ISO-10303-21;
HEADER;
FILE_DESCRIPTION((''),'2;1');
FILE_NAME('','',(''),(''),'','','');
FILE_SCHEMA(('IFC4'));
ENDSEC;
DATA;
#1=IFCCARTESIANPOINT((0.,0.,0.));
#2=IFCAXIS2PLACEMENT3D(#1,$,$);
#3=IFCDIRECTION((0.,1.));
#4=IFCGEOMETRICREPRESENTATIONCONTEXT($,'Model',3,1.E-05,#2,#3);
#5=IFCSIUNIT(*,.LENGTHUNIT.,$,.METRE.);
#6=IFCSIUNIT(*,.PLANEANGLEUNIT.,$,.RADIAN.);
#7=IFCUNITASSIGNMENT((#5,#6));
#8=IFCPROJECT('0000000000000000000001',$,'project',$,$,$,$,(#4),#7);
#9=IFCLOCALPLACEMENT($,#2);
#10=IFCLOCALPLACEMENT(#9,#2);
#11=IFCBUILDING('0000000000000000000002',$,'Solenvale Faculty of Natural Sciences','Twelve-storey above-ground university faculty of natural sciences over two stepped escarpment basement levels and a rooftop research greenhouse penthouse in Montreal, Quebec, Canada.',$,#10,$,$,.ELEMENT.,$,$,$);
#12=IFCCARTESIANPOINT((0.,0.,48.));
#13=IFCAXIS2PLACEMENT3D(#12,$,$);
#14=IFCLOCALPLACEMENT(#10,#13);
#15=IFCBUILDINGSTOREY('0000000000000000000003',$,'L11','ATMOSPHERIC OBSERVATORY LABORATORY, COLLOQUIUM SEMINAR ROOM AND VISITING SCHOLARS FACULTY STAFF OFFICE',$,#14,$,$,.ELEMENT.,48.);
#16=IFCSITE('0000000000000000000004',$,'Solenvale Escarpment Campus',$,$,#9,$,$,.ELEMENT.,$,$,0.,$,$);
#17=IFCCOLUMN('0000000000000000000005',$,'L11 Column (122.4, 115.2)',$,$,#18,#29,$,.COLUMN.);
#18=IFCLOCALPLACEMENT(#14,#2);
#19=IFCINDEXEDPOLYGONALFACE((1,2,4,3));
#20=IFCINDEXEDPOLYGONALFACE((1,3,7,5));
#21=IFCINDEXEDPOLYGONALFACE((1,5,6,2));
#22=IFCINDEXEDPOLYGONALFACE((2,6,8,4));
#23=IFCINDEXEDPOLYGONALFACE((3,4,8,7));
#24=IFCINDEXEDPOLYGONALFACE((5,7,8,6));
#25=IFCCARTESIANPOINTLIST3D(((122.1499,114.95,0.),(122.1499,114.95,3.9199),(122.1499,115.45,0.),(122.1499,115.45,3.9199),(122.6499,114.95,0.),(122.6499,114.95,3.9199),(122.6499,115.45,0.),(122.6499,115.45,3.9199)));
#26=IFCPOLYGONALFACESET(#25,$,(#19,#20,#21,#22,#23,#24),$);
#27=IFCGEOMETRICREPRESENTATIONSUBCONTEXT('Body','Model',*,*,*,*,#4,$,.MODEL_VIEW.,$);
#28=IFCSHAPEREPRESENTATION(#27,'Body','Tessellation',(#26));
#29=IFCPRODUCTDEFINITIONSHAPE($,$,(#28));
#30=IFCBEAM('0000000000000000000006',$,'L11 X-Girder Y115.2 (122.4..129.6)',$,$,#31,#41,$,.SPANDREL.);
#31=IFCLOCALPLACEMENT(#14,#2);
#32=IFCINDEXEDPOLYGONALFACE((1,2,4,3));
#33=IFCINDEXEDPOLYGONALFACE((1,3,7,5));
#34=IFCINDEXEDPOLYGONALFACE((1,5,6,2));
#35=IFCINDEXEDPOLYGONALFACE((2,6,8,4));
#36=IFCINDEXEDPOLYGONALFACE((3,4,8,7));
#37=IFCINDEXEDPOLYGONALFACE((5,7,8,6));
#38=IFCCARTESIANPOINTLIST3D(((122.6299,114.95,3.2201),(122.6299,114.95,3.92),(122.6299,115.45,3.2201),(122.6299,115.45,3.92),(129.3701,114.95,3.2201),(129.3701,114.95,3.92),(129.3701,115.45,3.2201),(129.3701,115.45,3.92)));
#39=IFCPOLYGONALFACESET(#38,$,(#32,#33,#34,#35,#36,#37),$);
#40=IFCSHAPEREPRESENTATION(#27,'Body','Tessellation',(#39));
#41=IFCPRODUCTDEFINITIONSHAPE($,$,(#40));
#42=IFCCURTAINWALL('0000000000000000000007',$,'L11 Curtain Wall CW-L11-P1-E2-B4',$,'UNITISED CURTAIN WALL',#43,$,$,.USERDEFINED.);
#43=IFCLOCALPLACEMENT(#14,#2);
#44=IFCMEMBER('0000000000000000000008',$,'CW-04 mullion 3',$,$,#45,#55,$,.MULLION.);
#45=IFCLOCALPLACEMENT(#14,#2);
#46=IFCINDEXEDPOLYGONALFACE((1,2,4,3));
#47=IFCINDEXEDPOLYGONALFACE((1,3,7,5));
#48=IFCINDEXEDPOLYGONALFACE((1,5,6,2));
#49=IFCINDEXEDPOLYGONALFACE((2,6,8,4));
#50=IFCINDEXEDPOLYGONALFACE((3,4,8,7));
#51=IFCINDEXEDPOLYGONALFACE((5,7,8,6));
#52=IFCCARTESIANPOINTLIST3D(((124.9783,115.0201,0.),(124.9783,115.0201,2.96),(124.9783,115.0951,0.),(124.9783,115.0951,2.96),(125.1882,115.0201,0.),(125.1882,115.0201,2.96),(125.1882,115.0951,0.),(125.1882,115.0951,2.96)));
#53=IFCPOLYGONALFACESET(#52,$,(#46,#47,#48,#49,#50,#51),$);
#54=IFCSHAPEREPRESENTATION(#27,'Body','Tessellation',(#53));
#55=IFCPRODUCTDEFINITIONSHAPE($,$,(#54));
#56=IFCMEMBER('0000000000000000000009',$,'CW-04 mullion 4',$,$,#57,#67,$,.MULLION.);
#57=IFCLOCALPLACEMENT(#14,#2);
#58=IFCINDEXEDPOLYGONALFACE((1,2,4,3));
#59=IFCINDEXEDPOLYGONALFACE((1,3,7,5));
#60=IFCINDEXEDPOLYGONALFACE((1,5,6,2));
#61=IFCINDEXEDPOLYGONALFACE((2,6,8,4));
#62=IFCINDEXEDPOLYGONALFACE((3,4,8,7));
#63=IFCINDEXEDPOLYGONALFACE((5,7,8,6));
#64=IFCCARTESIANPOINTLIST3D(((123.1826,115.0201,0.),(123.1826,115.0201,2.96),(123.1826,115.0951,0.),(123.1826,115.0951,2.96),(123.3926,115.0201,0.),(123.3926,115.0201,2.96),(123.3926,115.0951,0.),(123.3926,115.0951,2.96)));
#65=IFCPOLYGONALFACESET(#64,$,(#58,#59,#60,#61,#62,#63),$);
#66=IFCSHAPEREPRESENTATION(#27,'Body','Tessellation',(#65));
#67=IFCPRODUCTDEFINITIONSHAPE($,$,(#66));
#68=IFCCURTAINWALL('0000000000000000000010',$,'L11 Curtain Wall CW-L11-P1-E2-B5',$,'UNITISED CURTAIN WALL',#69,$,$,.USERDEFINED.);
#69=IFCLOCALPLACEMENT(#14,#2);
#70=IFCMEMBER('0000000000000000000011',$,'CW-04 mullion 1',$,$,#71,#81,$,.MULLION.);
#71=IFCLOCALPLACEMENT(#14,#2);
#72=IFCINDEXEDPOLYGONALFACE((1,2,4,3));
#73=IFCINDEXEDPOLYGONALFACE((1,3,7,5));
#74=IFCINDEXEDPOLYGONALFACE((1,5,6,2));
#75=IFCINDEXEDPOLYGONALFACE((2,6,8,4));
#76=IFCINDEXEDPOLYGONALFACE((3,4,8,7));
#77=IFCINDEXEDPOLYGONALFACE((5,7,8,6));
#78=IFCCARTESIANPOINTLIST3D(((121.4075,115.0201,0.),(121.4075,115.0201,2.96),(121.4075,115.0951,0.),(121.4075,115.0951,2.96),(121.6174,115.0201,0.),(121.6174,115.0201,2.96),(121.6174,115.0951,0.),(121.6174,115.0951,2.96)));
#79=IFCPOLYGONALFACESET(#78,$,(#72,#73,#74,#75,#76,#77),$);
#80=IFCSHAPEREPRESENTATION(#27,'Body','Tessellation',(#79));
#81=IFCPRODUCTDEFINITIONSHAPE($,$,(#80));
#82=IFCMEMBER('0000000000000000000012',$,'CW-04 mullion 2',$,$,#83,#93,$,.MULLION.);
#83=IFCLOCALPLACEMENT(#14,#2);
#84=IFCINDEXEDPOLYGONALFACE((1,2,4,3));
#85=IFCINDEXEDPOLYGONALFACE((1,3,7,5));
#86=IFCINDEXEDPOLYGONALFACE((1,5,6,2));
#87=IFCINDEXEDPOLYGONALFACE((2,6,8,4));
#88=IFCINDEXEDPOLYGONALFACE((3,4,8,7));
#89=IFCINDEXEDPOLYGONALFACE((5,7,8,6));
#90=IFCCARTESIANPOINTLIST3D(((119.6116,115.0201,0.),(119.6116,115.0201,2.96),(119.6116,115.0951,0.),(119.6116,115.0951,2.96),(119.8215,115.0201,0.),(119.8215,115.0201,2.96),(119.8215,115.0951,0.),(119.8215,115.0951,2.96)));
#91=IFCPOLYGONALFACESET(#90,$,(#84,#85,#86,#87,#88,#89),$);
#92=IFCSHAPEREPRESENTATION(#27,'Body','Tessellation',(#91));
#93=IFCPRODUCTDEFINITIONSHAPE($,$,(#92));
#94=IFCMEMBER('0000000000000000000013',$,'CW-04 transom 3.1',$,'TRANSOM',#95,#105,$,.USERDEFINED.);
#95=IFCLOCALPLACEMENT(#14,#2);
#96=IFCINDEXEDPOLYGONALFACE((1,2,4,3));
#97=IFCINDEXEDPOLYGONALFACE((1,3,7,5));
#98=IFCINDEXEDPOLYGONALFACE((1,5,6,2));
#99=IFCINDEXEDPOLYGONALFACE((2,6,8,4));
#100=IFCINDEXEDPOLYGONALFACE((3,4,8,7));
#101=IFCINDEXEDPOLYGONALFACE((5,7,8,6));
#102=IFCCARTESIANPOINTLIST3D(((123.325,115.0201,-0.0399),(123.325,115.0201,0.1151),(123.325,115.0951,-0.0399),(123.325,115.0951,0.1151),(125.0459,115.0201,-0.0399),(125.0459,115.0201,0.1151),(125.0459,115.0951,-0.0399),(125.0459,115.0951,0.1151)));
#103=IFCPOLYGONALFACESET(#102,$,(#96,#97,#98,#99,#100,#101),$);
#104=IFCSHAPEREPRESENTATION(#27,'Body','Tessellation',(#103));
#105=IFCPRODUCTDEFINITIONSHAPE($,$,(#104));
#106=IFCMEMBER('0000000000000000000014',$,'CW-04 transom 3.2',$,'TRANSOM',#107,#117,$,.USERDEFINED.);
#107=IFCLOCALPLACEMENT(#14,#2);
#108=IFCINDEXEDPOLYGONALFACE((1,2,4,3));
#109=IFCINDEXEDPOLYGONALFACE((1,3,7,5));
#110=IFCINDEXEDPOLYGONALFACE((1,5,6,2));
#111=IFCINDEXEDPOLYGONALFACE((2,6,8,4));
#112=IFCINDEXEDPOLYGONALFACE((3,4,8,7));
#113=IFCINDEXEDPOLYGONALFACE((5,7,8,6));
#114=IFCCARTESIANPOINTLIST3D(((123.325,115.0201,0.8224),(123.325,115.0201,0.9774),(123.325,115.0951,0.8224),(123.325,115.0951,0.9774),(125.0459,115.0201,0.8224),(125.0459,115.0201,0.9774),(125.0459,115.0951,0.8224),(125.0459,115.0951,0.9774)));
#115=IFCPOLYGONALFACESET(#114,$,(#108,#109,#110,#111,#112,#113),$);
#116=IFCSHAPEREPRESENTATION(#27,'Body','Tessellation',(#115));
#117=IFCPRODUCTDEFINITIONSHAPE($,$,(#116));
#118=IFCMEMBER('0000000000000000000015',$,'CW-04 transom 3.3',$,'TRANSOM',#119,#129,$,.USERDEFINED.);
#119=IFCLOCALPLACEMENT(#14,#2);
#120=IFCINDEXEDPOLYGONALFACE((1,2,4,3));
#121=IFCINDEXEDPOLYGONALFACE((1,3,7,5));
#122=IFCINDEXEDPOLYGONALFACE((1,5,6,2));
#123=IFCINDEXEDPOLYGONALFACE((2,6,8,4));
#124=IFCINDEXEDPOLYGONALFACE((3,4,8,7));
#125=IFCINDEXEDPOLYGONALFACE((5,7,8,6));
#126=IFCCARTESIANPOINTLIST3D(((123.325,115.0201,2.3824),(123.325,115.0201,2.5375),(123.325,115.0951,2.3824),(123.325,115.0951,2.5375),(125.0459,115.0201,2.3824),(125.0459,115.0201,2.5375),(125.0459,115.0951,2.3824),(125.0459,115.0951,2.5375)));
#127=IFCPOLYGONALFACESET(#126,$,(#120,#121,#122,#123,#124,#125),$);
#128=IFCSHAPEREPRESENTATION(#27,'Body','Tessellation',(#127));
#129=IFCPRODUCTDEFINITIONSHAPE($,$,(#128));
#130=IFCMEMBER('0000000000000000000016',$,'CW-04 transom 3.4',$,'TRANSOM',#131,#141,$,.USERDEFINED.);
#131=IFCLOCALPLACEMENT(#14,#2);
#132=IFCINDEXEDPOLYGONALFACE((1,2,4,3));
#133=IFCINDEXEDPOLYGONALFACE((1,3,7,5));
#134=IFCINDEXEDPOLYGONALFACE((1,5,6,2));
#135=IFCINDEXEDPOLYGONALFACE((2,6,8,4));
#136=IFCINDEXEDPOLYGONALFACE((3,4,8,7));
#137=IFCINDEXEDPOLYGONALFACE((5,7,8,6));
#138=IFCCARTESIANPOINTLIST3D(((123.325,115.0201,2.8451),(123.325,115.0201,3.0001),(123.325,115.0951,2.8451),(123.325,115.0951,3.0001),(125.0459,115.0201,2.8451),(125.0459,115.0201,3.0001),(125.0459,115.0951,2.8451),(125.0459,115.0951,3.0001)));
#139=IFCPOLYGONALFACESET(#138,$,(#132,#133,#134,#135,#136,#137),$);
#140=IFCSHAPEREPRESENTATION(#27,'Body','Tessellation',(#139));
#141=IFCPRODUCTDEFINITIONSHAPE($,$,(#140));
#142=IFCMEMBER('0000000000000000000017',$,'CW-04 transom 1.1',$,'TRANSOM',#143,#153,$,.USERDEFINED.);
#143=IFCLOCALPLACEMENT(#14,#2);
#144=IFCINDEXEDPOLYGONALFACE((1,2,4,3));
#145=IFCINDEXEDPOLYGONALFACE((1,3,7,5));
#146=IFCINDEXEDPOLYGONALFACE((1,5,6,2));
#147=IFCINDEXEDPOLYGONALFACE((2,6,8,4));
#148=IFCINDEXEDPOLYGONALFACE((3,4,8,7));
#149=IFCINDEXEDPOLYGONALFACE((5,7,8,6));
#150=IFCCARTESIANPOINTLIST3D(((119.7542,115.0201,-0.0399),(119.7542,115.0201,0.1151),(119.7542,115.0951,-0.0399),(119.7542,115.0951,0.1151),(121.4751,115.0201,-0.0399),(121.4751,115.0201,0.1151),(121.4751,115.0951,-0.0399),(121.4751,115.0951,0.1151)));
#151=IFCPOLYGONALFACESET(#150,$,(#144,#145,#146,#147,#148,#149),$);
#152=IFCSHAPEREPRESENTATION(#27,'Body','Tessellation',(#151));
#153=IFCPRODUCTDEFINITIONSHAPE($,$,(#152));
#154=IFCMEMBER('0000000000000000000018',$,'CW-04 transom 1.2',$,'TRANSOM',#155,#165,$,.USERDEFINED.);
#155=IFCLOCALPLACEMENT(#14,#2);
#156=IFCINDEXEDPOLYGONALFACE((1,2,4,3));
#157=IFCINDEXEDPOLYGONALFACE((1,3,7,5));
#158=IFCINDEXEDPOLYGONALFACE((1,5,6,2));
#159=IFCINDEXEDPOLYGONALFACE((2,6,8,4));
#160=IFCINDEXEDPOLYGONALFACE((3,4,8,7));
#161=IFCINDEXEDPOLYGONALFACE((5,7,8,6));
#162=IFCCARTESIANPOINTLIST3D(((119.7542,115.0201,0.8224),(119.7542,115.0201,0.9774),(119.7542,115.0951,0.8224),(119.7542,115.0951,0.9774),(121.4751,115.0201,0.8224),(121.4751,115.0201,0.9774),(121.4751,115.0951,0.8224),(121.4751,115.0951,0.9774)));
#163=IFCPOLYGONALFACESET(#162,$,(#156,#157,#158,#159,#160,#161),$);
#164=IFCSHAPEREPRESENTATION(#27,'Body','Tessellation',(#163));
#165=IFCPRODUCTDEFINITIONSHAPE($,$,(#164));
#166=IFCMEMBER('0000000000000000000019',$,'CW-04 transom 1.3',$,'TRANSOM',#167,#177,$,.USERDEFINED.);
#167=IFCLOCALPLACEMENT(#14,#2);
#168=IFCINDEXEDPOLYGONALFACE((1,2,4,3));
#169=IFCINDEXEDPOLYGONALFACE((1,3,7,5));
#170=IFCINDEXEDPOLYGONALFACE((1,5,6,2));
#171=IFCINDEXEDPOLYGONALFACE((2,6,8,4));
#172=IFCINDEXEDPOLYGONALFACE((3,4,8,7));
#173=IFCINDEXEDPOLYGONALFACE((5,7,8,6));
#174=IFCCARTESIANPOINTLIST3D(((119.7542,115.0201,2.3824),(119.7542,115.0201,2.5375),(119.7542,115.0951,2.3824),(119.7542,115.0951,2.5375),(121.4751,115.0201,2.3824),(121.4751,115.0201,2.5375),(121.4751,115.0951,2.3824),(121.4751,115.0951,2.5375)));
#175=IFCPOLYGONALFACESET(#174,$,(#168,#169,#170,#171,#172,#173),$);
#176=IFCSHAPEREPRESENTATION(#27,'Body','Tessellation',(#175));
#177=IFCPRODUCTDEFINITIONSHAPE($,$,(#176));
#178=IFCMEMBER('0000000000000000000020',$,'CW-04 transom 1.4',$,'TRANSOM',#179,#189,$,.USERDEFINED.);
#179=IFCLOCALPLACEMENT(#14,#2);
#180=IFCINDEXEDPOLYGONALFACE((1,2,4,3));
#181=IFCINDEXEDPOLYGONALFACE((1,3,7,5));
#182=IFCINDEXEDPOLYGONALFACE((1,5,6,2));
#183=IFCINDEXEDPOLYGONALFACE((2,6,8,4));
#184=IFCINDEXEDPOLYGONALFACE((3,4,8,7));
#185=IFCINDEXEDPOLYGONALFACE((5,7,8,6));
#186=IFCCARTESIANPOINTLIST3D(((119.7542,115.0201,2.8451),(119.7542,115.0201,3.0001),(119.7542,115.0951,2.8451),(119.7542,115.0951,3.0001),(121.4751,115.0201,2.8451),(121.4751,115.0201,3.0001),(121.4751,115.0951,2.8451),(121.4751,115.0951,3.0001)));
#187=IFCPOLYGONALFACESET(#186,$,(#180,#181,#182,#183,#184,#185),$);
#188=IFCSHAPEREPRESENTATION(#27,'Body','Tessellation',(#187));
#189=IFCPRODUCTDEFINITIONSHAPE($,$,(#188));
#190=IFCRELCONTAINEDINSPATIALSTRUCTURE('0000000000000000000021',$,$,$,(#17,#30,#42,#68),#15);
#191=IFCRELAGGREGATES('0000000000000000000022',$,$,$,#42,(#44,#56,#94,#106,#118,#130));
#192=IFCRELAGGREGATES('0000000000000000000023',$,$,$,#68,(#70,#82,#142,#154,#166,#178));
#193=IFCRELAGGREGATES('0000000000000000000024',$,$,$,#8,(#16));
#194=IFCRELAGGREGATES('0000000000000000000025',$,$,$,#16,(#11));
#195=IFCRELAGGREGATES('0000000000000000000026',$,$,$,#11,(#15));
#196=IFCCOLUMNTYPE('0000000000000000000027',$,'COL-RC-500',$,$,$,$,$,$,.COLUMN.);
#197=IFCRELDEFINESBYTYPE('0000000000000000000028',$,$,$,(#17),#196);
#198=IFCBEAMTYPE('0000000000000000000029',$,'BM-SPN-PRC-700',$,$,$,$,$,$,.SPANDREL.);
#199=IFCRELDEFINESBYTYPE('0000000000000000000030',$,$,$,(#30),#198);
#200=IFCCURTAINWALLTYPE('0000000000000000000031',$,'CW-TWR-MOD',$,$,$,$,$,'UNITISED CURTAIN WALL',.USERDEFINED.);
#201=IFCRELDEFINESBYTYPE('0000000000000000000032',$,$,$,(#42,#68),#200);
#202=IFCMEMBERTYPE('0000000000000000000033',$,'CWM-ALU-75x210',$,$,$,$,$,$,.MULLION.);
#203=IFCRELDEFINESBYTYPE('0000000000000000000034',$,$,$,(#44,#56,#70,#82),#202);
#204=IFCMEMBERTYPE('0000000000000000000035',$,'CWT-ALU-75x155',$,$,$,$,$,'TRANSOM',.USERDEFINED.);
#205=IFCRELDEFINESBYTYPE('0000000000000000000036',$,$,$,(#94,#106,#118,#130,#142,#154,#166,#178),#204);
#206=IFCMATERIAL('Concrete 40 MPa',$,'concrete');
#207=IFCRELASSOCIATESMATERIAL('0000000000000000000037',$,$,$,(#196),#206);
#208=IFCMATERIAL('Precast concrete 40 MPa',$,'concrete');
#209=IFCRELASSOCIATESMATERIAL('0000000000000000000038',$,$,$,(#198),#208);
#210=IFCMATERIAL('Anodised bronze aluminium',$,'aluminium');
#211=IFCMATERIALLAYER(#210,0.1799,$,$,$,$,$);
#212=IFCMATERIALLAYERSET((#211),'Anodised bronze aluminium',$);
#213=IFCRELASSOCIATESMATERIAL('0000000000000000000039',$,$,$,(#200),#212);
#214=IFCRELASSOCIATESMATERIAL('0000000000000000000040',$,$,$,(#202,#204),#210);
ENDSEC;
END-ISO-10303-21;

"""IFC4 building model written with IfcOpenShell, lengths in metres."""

from ifc_helpers import new_model, si_unit, direction, frame, origin, origin_2d, place, context, subcontext, project, spatial, rectangle, extrude, material, layer, layer_set, material_profile, profile_set, type_object, element, aggregate, save


model = new_model("IFC4")

# Units and contexts
model_context = context("Model", 3, precision=1e-05, world=origin(), true_north=direction((0.0, 1.0)))
body_context = subcontext(model_context, "Body", "Model", "MODEL_VIEW")
ifc_project = project(units=[si_unit("LENGTHUNIT", "METRE"), si_unit("PLANEANGLEUNIT", "RADIAN")], contexts=[model_context])

# Site, building, storey
site_placement = place(None, origin())
site = spatial("IfcSite", under=ifc_project, at=site_placement, Name="Solenvale Escarpment Campus", CompositionType="ELEMENT", RefElevation=0.0)
building_placement = place(site_placement, origin())
building = spatial("IfcBuilding", under=site, at=building_placement, Name="Solenvale Faculty of Natural Sciences", Description="Twelve-storey above-ground university faculty of natural sciences over two stepped escarpment basement levels and a rooftop research greenhouse penthouse in Montreal, Quebec, Canada.", CompositionType="ELEMENT")
storey_placement = place(building_placement, frame((0.0, 0.0, 48.0)))
storey = spatial("IfcBuildingStorey", under=building, at=storey_placement, Name="L11", Description="ATMOSPHERIC OBSERVATORY LABORATORY, COLLOQUIUM SEMINAR ROOM AND VISITING SCHOLARS FACULTY STAFF OFFICE", CompositionType="ELEMENT", Elevation=48.0)

# Column
ifc_material_1 = material(Name="Concrete 40 MPa", Category="concrete")
ifc_material_profile_1 = material_profile(ifc_material_1, rectangle(XDim=0.5, YDim=0.5, at=origin_2d()), Name="RC-COL-500x500")
ifc_profile_set_1 = profile_set([ifc_material_profile_1], Name="Concrete 40 MPa")
column_type = type_object("IfcColumnType", Name="COL-RC-500", PredefinedType="COLUMN", material=ifc_profile_set_1)
column_placement = place(storey_placement, frame((122.3999, 115.2, 0.0), z_axis=(0.0, 0.0, 1.0), x_axis=(1.0, 0.0, 0.0)))
element("IfcColumn", 1, at=column_placement, inside=storey, type_object=column_type, Name="L11 Column (122.4, 115.2)", PredefinedType="COLUMN", context=body_context, shape_type="SweptSolid", body=[
    extrude(rectangle(XDim=0.5, YDim=0.5, at=origin_2d()), origin(), (0.0, 0.0, 1.0), 3.9199),
])

# Beam
ifc_material_2 = material(Name="Precast concrete 40 MPa", Category="concrete")
ifc_material_profile_2 = material_profile(ifc_material_2, rectangle(XDim=0.5, YDim=0.7, at=origin_2d()), Name="RC-BM-500x700")
ifc_profile_set_2 = profile_set([ifc_material_profile_2], Name="Precast concrete 40 MPa")
beam_type = type_object("IfcBeamType", Name="BM-SPN-PRC-700", PredefinedType="SPANDREL", material=ifc_profile_set_2)
beam_placement = place(storey_placement, frame((122.6299, 115.2, 3.5701), z_axis=(1.0, 0.0, 0.0), x_axis=(0.0, 1.0, 0.0)))
element("IfcBeam", 2, at=beam_placement, inside=storey, type_object=beam_type, Name="L11 X-Girder Y115.2 (122.4..129.6)", PredefinedType="SPANDREL", context=body_context, shape_type="SweptSolid", body=[
    extrude(rectangle(XDim=0.5, YDim=0.7, at=origin_2d()), origin(), (0.0, 0.0, 1.0), 6.7402),
])

# Curtain walls, members
ifc_material_3 = material(Name="Anodised bronze aluminium", Category="aluminium")
ifc_layer_1 = layer(ifc_material_3, 0.1799)
ifc_layer_set_1 = layer_set([ifc_layer_1], Name="Anodised bronze aluminium")
curtain_wall_type = type_object("IfcCurtainWallType", Name="CW-TWR-MOD", ElementType="UNITISED CURTAIN WALL", PredefinedType="USERDEFINED", material=ifc_layer_set_1)
curtain_wall_1_placement = place(storey_placement, origin())
curtain_wall_1 = element("IfcCurtainWall", 3, at=curtain_wall_1_placement, inside=storey, type_object=curtain_wall_type, Name="L11 Curtain Wall CW-L11-P1-E2-B4", ObjectType="UNITISED CURTAIN WALL", PredefinedType="USERDEFINED")
ifc_material_profile_3 = material_profile(ifc_material_3, rectangle(XDim=0.075, YDim=0.21, at=origin_2d()), Name="ALU-MUL-75x210")
ifc_profile_set_3 = profile_set([ifc_material_profile_3], Name="Anodised bronze aluminium")
member_type_1 = type_object("IfcMemberType", Name="CWM-ALU-75x210", PredefinedType="MULLION", material=ifc_profile_set_3)
member_1_placement = place(storey_placement, frame((125.0833, 115.0576, 0.0), z_axis=(0.0, 0.0, 1.0), x_axis=(0.0, -1.0, 0.0)))
member_1 = element("IfcMember", 4, at=member_1_placement, type_object=member_type_1, Name="CW-04 mullion 3", PredefinedType="MULLION", context=body_context, shape_type="SweptSolid", body=[
    extrude(rectangle(XDim=0.075, YDim=0.21, at=origin_2d()), origin(), (0.0, 0.0, 1.0), 2.96),
])
member_2_placement = place(storey_placement, frame((123.2876, 115.0576, 0.0), z_axis=(0.0, 0.0, 1.0), x_axis=(0.0, -1.0, 0.0)))
member_2 = element("IfcMember", 5, at=member_2_placement, type_object=member_type_1, Name="CW-04 mullion 4", PredefinedType="MULLION", context=body_context, shape_type="SweptSolid", body=[
    extrude(rectangle(XDim=0.075, YDim=0.21, at=origin_2d()), origin(), (0.0, 0.0, 1.0), 2.96),
])
curtain_wall_2_placement = place(storey_placement, origin())
curtain_wall_2 = element("IfcCurtainWall", 6, at=curtain_wall_2_placement, inside=storey, type_object=curtain_wall_type, Name="L11 Curtain Wall CW-L11-P1-E2-B5", ObjectType="UNITISED CURTAIN WALL", PredefinedType="USERDEFINED")
member_3_placement = place(storey_placement, frame((121.5125, 115.0576, 0.0), z_axis=(0.0, 0.0, 1.0), x_axis=(0.0, -1.0, 0.0)))
member_3 = element("IfcMember", 7, at=member_3_placement, type_object=member_type_1, Name="CW-04 mullion 1", PredefinedType="MULLION", context=body_context, shape_type="SweptSolid", body=[
    extrude(rectangle(XDim=0.075, YDim=0.21, at=origin_2d()), origin(), (0.0, 0.0, 1.0), 2.96),
])
member_4_placement = place(storey_placement, frame((119.7166, 115.0576, 0.0), z_axis=(0.0, 0.0, 1.0), x_axis=(0.0, -1.0, 0.0)))
member_4 = element("IfcMember", 8, at=member_4_placement, type_object=member_type_1, Name="CW-04 mullion 2", PredefinedType="MULLION", context=body_context, shape_type="SweptSolid", body=[
    extrude(rectangle(XDim=0.075, YDim=0.21, at=origin_2d()), origin(), (0.0, 0.0, 1.0), 2.96),
])

# Members
ifc_material_profile_4 = material_profile(ifc_material_3, rectangle(XDim=0.075, YDim=0.155, at=origin_2d()), Name="ALU-TRN-75x155")
ifc_profile_set_4 = profile_set([ifc_material_profile_4], Name="Anodised bronze aluminium")
member_type_2 = type_object("IfcMemberType", Name="CWT-ALU-75x155", ElementType="TRANSOM", PredefinedType="USERDEFINED", material=ifc_profile_set_4)
member_5_placement = place(storey_placement, frame((125.0459, 115.0576, 0.0376), z_axis=(-1.0, 0.0, 0.0), x_axis=(0.0, -1.0, 0.0)))
member_5 = element("IfcMember", 9, at=member_5_placement, type_object=member_type_2, Name="CW-04 transom 3.1", ObjectType="TRANSOM", PredefinedType="USERDEFINED", context=body_context, shape_type="SweptSolid", body=[
    extrude(rectangle(XDim=0.075, YDim=0.155, at=origin_2d()), origin(), (0.0, 0.0, 1.0), 1.7209),
])
member_6_placement = place(storey_placement, frame((125.0459, 115.0576, 0.8999), z_axis=(-1.0, 0.0, 0.0), x_axis=(0.0, -1.0, 0.0)))
member_6 = element("IfcMember", 10, at=member_6_placement, type_object=member_type_2, Name="CW-04 transom 3.2", ObjectType="TRANSOM", PredefinedType="USERDEFINED", context=body_context, shape_type="SweptSolid", body=[
    extrude(rectangle(XDim=0.075, YDim=0.155, at=origin_2d()), origin(), (0.0, 0.0, 1.0), 1.7209),
])
member_7_placement = place(storey_placement, frame((125.0459, 115.0576, 2.46), z_axis=(-1.0, 0.0, 0.0), x_axis=(0.0, -1.0, 0.0)))
member_7 = element("IfcMember", 11, at=member_7_placement, type_object=member_type_2, Name="CW-04 transom 3.3", ObjectType="TRANSOM", PredefinedType="USERDEFINED", context=body_context, shape_type="SweptSolid", body=[
    extrude(rectangle(XDim=0.075, YDim=0.155, at=origin_2d()), origin(), (0.0, 0.0, 1.0), 1.7209),
])
member_8_placement = place(storey_placement, frame((125.0459, 115.0576, 2.9226), z_axis=(-1.0, 0.0, 0.0), x_axis=(0.0, -1.0, 0.0)))
member_8 = element("IfcMember", 12, at=member_8_placement, type_object=member_type_2, Name="CW-04 transom 3.4", ObjectType="TRANSOM", PredefinedType="USERDEFINED", context=body_context, shape_type="SweptSolid", body=[
    extrude(rectangle(XDim=0.075, YDim=0.155, at=origin_2d()), origin(), (0.0, 0.0, 1.0), 1.7209),
])
member_9_placement = place(storey_placement, frame((121.4751, 115.0576, 0.0376), z_axis=(-1.0, 0.0, 0.0), x_axis=(0.0, -1.0, 0.0)))
member_9 = element("IfcMember", 13, at=member_9_placement, type_object=member_type_2, Name="CW-04 transom 1.1", ObjectType="TRANSOM", PredefinedType="USERDEFINED", context=body_context, shape_type="SweptSolid", body=[
    extrude(rectangle(XDim=0.075, YDim=0.155, at=origin_2d()), origin(), (0.0, 0.0, 1.0), 1.7209),
])
member_10_placement = place(storey_placement, frame((121.4751, 115.0576, 0.8999), z_axis=(-1.0, 0.0, 0.0), x_axis=(0.0, -1.0, 0.0)))
member_10 = element("IfcMember", 14, at=member_10_placement, type_object=member_type_2, Name="CW-04 transom 1.2", ObjectType="TRANSOM", PredefinedType="USERDEFINED", context=body_context, shape_type="SweptSolid", body=[
    extrude(rectangle(XDim=0.075, YDim=0.155, at=origin_2d()), origin(), (0.0, 0.0, 1.0), 1.7209),
])
member_11_placement = place(storey_placement, frame((121.4751, 115.0576, 2.46), z_axis=(-1.0, 0.0, 0.0), x_axis=(0.0, -1.0, 0.0)))
member_11 = element("IfcMember", 15, at=member_11_placement, type_object=member_type_2, Name="CW-04 transom 1.3", ObjectType="TRANSOM", PredefinedType="USERDEFINED", context=body_context, shape_type="SweptSolid", body=[
    extrude(rectangle(XDim=0.075, YDim=0.155, at=origin_2d()), origin(), (0.0, 0.0, 1.0), 1.7209),
])
member_12_placement = place(storey_placement, frame((121.4751, 115.0576, 2.9226), z_axis=(-1.0, 0.0, 0.0), x_axis=(0.0, -1.0, 0.0)))
member_12 = element("IfcMember", 16, at=member_12_placement, type_object=member_type_2, Name="CW-04 transom 1.4", ObjectType="TRANSOM", PredefinedType="USERDEFINED", context=body_context, shape_type="SweptSolid", body=[
    extrude(rectangle(XDim=0.075, YDim=0.155, at=origin_2d()), origin(), (0.0, 0.0, 1.0), 1.7209),
])

aggregate(curtain_wall_1, [member_1, member_2, member_5, member_6, member_7, member_8])
aggregate(curtain_wall_2, [member_3, member_4, member_9, member_10, member_11, member_12])

save(model, "model.ifc")
